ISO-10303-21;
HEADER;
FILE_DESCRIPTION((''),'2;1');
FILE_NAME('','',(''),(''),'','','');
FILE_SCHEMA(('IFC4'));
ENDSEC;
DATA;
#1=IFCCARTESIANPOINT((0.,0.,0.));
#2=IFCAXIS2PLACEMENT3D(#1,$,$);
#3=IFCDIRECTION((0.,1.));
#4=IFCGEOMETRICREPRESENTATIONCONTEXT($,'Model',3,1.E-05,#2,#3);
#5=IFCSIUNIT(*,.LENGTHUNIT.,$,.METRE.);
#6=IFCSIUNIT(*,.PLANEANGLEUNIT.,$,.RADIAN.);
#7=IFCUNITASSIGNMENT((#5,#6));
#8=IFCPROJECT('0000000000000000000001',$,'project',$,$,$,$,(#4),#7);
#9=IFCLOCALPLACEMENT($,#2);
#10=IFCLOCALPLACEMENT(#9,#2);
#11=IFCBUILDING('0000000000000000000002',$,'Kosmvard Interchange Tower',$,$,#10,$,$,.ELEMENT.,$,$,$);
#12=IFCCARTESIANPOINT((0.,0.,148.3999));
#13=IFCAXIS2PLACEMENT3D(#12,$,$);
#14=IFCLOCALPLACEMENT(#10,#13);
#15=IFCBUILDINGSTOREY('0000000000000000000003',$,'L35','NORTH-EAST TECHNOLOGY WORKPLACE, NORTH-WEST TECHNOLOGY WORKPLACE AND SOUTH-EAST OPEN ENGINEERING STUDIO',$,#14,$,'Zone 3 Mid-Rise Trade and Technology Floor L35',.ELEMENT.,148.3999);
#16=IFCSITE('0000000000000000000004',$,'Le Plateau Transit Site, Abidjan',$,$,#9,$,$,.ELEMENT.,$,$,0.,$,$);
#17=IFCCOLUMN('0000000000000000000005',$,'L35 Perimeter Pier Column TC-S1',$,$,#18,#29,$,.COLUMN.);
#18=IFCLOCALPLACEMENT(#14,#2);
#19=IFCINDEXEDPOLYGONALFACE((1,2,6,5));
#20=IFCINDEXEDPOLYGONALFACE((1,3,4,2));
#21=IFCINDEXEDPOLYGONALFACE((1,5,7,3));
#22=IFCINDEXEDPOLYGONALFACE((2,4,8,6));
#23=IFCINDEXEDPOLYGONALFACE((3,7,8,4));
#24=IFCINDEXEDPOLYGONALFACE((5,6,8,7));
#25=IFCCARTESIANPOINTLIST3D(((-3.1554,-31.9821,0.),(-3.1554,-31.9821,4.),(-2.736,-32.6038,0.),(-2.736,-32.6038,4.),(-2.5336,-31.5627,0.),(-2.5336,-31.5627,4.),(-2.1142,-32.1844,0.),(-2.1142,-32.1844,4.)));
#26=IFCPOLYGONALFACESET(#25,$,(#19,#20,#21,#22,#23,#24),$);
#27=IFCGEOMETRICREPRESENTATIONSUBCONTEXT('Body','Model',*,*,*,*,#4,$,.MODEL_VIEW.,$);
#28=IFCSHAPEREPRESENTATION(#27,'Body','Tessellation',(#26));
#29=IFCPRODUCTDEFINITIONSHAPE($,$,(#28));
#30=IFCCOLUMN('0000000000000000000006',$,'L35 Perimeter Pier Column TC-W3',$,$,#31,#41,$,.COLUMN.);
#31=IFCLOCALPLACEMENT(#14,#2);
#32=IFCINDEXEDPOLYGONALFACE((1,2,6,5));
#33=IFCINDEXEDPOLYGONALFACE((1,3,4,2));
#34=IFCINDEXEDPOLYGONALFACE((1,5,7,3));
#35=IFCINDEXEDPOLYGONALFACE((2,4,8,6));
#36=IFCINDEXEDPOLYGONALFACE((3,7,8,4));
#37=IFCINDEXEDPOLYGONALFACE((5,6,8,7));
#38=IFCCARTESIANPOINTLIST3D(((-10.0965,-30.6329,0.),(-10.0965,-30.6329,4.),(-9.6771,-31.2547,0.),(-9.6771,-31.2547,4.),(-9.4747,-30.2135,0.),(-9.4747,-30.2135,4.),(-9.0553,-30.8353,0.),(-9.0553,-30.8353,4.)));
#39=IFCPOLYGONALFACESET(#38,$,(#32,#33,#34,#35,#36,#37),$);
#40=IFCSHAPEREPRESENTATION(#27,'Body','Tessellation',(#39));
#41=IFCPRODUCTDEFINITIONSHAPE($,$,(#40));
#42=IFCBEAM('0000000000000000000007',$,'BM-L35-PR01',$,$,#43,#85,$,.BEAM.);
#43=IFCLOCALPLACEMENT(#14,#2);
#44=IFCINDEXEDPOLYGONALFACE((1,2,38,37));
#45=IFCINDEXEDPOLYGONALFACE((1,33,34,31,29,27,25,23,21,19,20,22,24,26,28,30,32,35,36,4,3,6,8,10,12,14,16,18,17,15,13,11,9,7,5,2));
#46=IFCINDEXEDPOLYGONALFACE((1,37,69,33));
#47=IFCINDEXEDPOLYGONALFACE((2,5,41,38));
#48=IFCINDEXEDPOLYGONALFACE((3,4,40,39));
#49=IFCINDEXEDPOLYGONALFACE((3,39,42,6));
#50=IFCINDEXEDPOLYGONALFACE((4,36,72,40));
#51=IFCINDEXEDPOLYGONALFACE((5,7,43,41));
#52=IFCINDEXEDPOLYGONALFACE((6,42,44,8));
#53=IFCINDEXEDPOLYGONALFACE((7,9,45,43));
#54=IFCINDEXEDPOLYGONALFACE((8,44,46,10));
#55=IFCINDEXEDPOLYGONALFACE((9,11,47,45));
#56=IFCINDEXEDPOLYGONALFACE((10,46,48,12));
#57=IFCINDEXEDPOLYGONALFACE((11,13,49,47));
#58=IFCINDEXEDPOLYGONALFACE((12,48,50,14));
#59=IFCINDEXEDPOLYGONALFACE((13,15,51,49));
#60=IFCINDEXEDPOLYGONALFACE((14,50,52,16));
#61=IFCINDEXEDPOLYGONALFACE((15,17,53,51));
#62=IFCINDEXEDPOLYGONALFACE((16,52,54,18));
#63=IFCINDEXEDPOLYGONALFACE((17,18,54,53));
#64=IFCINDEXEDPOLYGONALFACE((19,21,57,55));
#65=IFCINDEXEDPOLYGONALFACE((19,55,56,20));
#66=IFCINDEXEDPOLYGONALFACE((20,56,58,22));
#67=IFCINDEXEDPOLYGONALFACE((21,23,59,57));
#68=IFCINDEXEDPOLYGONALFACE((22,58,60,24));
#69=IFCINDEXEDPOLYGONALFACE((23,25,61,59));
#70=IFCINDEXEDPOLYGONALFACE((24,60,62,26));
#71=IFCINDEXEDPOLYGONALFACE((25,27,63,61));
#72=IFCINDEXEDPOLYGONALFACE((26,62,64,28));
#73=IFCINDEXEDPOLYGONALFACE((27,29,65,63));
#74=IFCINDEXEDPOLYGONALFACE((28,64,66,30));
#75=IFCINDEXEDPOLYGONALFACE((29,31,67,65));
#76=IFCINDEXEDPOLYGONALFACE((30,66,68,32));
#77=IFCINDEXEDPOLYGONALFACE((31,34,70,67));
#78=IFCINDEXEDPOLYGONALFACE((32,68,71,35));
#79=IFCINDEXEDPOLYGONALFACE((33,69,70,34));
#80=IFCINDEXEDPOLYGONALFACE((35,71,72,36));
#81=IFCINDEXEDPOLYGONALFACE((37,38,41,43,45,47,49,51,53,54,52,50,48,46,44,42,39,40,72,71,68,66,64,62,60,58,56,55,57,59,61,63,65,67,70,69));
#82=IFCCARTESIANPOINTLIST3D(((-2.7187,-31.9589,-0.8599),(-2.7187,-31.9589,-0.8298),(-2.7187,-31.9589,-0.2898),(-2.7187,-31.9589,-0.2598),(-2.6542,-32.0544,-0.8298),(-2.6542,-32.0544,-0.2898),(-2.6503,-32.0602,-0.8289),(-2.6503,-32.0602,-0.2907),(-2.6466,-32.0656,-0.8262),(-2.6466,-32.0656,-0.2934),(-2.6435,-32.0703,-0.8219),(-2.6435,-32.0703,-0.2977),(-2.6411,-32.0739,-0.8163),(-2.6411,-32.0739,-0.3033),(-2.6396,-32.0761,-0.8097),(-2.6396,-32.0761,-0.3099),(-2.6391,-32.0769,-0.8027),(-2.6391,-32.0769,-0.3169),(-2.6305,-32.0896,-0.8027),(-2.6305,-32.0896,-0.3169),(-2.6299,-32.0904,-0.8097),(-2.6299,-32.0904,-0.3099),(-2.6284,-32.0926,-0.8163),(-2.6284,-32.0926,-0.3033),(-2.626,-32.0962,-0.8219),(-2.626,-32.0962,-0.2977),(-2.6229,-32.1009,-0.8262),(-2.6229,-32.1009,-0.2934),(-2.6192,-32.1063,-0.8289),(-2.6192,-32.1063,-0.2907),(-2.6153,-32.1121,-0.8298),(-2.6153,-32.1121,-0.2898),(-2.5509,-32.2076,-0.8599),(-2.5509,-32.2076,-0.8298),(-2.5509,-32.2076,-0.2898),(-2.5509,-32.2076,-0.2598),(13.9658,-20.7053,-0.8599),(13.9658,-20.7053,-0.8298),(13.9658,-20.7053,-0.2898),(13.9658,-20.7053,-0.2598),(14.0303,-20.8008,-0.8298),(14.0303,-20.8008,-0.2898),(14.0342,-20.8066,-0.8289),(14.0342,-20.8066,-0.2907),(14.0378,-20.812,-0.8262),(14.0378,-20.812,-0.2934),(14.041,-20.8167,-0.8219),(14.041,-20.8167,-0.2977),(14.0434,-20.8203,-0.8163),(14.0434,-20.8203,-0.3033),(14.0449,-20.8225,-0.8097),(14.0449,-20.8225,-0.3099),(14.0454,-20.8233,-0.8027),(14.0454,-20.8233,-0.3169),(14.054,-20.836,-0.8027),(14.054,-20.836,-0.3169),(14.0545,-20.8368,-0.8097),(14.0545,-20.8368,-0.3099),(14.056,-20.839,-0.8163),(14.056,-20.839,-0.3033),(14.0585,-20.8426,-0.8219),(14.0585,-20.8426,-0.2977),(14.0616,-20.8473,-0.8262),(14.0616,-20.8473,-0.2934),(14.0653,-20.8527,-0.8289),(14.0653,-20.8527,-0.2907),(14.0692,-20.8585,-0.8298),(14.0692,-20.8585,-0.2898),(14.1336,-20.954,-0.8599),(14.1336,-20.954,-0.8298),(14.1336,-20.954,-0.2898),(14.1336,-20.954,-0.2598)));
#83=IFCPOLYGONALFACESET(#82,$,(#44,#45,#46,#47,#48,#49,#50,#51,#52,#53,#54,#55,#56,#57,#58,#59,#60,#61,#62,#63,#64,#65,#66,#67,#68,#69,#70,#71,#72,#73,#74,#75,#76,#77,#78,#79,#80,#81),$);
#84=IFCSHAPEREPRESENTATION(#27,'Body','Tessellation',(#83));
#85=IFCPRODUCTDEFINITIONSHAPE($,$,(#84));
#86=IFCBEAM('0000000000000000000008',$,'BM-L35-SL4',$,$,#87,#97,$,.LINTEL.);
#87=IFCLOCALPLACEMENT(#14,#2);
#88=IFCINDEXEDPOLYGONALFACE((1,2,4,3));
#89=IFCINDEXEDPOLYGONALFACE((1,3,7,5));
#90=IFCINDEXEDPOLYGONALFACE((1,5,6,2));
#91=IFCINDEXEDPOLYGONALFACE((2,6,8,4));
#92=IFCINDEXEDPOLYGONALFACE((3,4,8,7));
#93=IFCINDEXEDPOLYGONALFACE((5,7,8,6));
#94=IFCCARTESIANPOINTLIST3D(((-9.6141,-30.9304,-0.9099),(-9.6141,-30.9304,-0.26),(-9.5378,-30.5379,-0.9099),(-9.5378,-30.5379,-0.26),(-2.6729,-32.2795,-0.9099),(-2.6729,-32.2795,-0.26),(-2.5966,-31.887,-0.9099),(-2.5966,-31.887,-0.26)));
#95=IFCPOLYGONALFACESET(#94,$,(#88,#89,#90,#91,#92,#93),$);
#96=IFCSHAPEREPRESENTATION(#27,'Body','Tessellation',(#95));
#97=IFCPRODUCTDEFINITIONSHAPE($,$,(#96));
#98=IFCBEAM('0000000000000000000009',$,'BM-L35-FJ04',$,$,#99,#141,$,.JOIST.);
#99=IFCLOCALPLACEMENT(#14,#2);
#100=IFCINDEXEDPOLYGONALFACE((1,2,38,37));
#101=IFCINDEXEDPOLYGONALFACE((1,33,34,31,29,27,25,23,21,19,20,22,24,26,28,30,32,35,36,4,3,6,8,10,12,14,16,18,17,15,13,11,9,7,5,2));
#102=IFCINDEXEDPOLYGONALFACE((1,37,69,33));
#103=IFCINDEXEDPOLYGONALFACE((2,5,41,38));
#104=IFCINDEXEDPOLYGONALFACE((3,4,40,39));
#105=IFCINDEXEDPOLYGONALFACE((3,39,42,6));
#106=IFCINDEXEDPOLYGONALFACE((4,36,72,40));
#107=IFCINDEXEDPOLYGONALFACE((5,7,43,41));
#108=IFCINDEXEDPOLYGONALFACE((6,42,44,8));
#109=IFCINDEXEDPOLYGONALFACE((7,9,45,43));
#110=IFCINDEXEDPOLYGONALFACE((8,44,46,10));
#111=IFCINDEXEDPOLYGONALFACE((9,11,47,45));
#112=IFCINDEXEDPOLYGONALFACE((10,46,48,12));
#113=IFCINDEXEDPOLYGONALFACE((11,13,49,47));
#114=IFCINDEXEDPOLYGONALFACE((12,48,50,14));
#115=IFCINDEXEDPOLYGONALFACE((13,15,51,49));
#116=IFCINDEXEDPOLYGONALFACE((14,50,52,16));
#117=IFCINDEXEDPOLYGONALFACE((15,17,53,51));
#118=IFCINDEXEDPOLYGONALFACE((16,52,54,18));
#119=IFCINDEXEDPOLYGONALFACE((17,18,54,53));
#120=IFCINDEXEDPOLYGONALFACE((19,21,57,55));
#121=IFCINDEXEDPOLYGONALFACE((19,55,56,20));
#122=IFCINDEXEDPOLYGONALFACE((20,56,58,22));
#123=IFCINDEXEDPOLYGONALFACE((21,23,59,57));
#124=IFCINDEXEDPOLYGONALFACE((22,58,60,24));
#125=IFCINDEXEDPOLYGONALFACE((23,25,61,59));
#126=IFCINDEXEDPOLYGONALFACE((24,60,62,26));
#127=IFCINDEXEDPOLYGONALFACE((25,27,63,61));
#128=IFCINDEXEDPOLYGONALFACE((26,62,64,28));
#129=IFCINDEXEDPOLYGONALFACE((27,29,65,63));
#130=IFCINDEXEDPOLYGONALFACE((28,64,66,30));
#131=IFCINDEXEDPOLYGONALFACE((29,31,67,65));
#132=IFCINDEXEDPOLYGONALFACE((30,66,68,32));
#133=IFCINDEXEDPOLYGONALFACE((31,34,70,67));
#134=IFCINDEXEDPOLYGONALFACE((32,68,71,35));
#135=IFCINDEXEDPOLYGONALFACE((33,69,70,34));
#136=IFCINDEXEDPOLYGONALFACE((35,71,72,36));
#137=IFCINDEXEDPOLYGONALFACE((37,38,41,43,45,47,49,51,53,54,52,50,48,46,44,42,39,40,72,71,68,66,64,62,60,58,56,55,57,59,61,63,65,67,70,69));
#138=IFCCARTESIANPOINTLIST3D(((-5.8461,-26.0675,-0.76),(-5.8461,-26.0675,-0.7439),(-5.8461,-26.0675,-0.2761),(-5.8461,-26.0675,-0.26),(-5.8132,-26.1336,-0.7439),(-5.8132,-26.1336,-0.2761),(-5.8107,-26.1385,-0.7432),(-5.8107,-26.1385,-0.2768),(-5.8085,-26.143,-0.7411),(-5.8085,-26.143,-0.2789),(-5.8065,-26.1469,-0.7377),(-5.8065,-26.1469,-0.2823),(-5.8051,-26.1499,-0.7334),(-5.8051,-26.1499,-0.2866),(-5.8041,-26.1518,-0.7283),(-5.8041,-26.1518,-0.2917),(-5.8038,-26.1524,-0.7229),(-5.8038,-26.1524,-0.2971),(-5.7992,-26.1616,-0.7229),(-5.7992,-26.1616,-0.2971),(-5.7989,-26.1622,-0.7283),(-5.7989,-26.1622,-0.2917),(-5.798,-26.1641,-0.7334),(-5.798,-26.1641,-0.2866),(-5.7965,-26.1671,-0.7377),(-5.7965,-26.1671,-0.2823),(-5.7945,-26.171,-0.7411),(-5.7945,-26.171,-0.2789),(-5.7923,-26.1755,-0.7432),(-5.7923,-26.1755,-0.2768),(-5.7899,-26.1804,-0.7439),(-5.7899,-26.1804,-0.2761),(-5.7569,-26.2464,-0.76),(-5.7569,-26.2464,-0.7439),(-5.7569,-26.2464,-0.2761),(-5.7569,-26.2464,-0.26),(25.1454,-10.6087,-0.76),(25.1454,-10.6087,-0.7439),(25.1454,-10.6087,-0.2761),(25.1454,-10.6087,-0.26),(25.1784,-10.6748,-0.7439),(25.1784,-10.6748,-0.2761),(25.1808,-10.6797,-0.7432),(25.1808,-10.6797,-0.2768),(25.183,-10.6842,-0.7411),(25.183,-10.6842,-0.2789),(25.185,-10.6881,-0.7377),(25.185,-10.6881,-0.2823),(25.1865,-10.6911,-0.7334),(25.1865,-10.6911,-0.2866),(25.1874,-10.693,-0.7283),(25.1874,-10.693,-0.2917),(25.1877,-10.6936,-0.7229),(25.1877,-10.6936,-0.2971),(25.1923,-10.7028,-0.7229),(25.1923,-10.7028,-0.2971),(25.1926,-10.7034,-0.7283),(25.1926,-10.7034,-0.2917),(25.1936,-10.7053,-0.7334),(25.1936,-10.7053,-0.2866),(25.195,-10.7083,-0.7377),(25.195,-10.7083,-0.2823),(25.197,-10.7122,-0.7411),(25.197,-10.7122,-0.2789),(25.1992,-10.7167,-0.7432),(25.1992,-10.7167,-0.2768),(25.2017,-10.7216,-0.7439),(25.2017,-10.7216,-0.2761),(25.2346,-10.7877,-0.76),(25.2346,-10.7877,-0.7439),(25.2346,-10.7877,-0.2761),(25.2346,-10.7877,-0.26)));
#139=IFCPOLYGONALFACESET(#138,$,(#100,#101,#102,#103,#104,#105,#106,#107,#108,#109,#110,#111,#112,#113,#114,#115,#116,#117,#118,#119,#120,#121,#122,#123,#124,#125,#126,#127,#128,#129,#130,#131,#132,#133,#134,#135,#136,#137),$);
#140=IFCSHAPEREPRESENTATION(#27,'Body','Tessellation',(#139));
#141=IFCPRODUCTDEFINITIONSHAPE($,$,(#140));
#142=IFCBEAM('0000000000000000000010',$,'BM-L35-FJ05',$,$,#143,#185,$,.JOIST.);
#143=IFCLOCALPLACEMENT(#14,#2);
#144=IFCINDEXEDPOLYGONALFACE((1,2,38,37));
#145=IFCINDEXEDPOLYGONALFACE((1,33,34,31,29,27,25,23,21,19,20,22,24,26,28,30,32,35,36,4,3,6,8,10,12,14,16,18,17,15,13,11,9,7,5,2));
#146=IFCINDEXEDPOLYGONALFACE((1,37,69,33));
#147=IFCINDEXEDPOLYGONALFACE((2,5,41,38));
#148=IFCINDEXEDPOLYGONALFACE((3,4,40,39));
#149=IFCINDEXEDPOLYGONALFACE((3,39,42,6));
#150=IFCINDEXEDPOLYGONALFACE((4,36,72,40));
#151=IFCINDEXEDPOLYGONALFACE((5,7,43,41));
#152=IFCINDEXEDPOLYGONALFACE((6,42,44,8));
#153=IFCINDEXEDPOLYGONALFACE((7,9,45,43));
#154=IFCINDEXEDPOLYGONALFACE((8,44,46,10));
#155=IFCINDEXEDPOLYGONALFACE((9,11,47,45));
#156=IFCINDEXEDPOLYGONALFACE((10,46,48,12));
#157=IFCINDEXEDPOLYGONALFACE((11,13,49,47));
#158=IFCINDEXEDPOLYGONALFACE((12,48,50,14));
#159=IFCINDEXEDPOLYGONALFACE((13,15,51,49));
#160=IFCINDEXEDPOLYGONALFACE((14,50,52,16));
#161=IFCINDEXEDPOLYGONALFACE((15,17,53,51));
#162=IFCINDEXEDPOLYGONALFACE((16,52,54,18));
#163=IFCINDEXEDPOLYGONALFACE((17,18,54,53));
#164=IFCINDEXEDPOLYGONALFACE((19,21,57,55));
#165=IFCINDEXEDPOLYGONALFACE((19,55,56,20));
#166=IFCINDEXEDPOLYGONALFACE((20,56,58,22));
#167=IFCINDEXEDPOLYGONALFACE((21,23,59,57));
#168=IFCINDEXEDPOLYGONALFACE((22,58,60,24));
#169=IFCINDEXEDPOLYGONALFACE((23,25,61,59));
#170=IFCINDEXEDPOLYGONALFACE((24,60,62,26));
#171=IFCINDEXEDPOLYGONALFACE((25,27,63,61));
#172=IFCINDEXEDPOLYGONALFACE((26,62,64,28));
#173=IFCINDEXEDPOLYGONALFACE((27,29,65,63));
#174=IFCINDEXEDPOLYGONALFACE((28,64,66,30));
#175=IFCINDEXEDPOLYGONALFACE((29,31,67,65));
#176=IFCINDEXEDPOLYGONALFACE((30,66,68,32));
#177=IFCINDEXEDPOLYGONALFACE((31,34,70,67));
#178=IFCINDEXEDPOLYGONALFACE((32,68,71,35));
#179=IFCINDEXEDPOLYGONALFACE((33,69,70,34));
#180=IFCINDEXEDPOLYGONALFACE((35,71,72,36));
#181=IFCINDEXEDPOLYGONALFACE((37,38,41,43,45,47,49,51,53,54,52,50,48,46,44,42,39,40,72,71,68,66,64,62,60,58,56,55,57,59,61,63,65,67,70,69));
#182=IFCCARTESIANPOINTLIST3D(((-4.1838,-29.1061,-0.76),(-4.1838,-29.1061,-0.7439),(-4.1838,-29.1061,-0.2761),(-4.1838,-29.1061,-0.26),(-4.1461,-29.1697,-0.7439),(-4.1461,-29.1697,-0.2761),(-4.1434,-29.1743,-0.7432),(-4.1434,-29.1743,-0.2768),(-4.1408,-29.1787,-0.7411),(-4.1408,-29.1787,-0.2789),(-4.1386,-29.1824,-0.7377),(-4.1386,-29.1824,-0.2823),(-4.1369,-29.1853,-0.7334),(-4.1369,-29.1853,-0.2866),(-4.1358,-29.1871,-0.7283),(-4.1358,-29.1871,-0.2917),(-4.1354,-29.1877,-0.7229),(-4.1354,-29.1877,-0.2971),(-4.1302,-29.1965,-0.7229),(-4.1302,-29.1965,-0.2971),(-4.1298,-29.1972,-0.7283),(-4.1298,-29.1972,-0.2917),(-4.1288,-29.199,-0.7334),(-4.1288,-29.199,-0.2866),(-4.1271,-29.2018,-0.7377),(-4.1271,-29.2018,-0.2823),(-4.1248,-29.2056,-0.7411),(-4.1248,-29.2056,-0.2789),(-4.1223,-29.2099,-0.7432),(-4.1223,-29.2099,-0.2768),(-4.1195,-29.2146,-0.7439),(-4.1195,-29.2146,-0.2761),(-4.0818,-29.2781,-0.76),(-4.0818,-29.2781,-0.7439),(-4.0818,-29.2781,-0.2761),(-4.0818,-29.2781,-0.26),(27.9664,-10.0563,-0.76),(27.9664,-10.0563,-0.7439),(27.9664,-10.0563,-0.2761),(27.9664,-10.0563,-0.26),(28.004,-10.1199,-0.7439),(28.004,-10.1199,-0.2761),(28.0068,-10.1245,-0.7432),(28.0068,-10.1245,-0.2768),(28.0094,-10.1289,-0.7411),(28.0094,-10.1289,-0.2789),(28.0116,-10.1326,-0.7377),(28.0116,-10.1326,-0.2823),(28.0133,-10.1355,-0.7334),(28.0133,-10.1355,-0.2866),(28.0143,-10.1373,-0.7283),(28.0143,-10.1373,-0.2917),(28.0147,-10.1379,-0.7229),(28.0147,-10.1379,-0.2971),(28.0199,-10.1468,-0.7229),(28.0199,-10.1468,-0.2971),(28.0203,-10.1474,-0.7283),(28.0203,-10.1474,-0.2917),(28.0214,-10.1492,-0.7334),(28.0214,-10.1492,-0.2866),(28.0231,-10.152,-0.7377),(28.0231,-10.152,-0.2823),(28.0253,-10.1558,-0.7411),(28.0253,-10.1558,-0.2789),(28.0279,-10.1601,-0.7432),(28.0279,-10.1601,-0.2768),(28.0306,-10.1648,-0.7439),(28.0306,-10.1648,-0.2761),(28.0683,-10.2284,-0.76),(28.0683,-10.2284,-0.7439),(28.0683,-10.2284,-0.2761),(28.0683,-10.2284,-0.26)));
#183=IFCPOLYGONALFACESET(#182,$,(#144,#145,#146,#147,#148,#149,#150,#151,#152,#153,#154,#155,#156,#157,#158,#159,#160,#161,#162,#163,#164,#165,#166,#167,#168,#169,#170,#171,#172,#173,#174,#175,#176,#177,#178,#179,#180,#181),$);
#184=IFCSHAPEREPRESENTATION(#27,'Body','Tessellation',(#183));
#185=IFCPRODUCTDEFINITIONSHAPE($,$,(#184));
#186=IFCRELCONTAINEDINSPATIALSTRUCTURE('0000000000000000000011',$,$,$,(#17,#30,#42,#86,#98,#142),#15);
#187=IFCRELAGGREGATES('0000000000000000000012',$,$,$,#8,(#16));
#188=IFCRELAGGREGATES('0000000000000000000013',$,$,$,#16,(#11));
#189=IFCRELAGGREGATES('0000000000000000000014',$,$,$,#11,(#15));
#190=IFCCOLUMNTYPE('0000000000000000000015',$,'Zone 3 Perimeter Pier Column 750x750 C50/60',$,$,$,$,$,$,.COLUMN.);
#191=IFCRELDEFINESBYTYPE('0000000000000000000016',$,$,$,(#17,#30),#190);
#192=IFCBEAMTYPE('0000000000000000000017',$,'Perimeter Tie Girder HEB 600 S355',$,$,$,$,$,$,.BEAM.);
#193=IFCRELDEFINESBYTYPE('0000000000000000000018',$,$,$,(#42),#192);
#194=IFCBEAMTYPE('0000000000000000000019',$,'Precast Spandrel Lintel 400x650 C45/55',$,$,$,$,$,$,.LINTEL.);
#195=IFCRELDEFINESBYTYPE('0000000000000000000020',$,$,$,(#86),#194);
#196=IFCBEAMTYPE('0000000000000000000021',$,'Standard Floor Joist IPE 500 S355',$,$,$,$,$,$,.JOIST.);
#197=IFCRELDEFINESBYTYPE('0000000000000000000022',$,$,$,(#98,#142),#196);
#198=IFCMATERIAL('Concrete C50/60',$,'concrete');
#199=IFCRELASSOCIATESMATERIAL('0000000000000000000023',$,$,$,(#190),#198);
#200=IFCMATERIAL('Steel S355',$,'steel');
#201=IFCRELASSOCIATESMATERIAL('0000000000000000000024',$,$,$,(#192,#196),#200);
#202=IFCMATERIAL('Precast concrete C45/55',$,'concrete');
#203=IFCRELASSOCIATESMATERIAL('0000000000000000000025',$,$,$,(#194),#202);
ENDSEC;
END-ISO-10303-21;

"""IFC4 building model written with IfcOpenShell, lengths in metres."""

from ifc_helpers import new_model, si_unit, direction, frame, origin, origin_2d, place, context, subcontext, project, spatial, rectangle, i_section, extrude, source, transform, mapped, material, material_profile, profile_set, type_object, element, save


model = new_model("IFC4")

# Units and contexts
model_context = context("Model", 3, precision=1e-05, world=origin(), true_north=direction((0.0, 1.0)))
body_context = subcontext(model_context, "Body", "Model", "MODEL_VIEW")
ifc_project = project(units=[si_unit("LENGTHUNIT", "METRE"), si_unit("PLANEANGLEUNIT", "RADIAN")], contexts=[model_context])

# Site, building, storey
site_placement = place(None, origin())
site = spatial("IfcSite", under=ifc_project, at=site_placement, Name="Le Plateau Transit Site, Abidjan", CompositionType="ELEMENT", RefElevation=0.0)
building_placement = place(site_placement, origin())
building = spatial("IfcBuilding", under=site, at=building_placement, Name="Kosmvard Interchange Tower", CompositionType="ELEMENT")
storey_placement = place(building_placement, frame((0.0, 0.0, 148.3999)))
storey = spatial("IfcBuildingStorey", under=building, at=storey_placement, Name="L35", Description="NORTH-EAST TECHNOLOGY WORKPLACE, NORTH-WEST TECHNOLOGY WORKPLACE AND SOUTH-EAST OPEN ENGINEERING STUDIO", LongName="Zone 3 Mid-Rise Trade and Technology Floor L35", CompositionType="ELEMENT", Elevation=148.3999)

# Columns
ifc_material_1 = material(Name="Concrete C50/60", Category="concrete")
ifc_material_profile_1 = material_profile(ifc_material_1, rectangle(XDim=0.75, YDim=0.75, at=origin_2d()), Name="TC 750x750")
ifc_profile_set_1 = profile_set([ifc_material_profile_1], Name="Concrete C50/60")
column_type = type_object("IfcColumnType", Name="Zone 3 Perimeter Pier Column 750x750 C50/60", PredefinedType="COLUMN", material=ifc_profile_set_1)
shared_shape_1 = source(origin(), body_context, "Body", "SweptSolid", [
    extrude(rectangle(XDim=0.75, YDim=0.75, at=origin_2d()), origin(), (0.0, 0.0, 1.0), 4.0),
])
for number, where, z_axis, x_axis, name in (
    (1, (-2.6348, -32.0833, 0.0), (0.0, 0.0, 1.0), (0.829038, 0.559193, 0.0), "L35 Perimeter Pier Column TC-S1"),
    (2, (-9.5759, -30.7341, 0.0), (0.0, 0.0, 1.0), (0.829038, 0.559193, 0.0), "L35 Perimeter Pier Column TC-W3"),
):
    element("IfcColumn", number, at=place(storey_placement, frame(where, z_axis=z_axis, x_axis=x_axis)), inside=storey, type_object=column_type, Name=name, PredefinedType="COLUMN", context=body_context, shape_type="MappedRepresentation", body=[
        mapped(shared_shape_1, transform((0.0, 0.0, 0.0), scale=1.0)),
    ])

# Beams
ifc_material_2 = material(Name="Steel S355", Category="steel")
ifc_material_profile_2 = material_profile(ifc_material_2, i_section(OverallWidth=0.3, OverallDepth=0.6001, WebThickness=0.0154, FlangeThickness=0.03, FilletRadius=0.0271, at=origin_2d()), Name="HEB 600")
ifc_profile_set_2 = profile_set([ifc_material_profile_2], Name="Steel S355")
beam_type_1 = type_object("IfcBeamType", Name="Perimeter Tie Girder HEB 600 S355", PredefinedType="BEAM", material=ifc_profile_set_2)
shared_shape_2 = source(origin(), body_context, "Body", "SweptSolid", [
    extrude(i_section(OverallWidth=0.3, OverallDepth=0.6001, WebThickness=0.0154, FlangeThickness=0.03, FilletRadius=0.0271, at=origin_2d()), origin(), (0.0, 0.0, 1.0), 20.125),
])
beam_1_placement = place(storey_placement, frame((-2.6348, -32.0833, -0.5598), z_axis=(0.829043, 0.559185, 0.0), x_axis=(-0.559185, 0.829043, 0.0)))
element("IfcBeam", 3, at=beam_1_placement, inside=storey, type_object=beam_type_1, Name="BM-L35-PR01", PredefinedType="BEAM", context=body_context, shape_type="MappedRepresentation", body=[
    mapped(shared_shape_2, transform((0.0, 0.0, 0.0), scale=1.0)),
])
ifc_material_3 = material(Name="Precast concrete C45/55", Category="concrete")
ifc_material_profile_3 = material_profile(ifc_material_3, rectangle(XDim=0.3999, YDim=0.6499, at=origin_2d()), Name="SL 400x650")
ifc_profile_set_3 = profile_set([ifc_material_profile_3], Name="Precast concrete C45/55")
beam_type_2 = type_object("IfcBeamType", Name="Precast Spandrel Lintel 400x650 C45/55", PredefinedType="LINTEL", material=ifc_profile_set_3)
shared_shape_3 = source(origin(), body_context, "Body", "SweptSolid", [
    extrude(rectangle(XDim=0.3999, YDim=0.6499, at=origin_2d()), origin(), (0.0, 0.0, 1.0), 7.071),
])
beam_2_placement = place(storey_placement, frame((-9.5759, -30.7341, -0.585), z_axis=(0.98163, -0.190795, 0.0), x_axis=(0.190795, 0.98163, 0.0)))
element("IfcBeam", 4, at=beam_2_placement, inside=storey, type_object=beam_type_2, Name="BM-L35-SL4", PredefinedType="LINTEL", context=body_context, shape_type="MappedRepresentation", body=[
    mapped(shared_shape_3, transform((0.0, 0.0, 0.0), scale=1.0)),
])
ifc_material_profile_4 = material_profile(ifc_material_2, i_section(OverallWidth=0.2, OverallDepth=0.5, WebThickness=0.0103, FlangeThickness=0.0161, FilletRadius=0.021, at=origin_2d()), Name="IPE 500")
ifc_profile_set_4 = profile_set([ifc_material_profile_4], Name="Steel S355")
beam_type_3 = type_object("IfcBeamType", Name="Standard Floor Joist IPE 500 S355", PredefinedType="JOIST", material=ifc_profile_set_4)
shared_shape_4 = source(origin(), body_context, "Body", "SweptSolid", [
    extrude(i_section(OverallWidth=0.2, OverallDepth=0.5, WebThickness=0.0103, FlangeThickness=0.0161, FilletRadius=0.021, at=origin_2d()), origin(), (0.0, 0.0, 1.0), 34.6331),
])
beam_3_placement = place(storey_placement, frame((-5.8015, -26.157, -0.51), z_axis=(0.894854, 0.446359, 0.0), x_axis=(-0.446359, 0.894854, 0.0)))
element("IfcBeam", 5, at=beam_3_placement, inside=storey, type_object=beam_type_3, Name="BM-L35-FJ04", PredefinedType="JOIST", context=body_context, shape_type="MappedRepresentation", body=[
    mapped(shared_shape_4, transform((0.0, 0.0, 0.0), scale=1.0)),
])
shared_shape_5 = source(origin(), body_context, "Body", "SweptSolid", [
    extrude(i_section(OverallWidth=0.2, OverallDepth=0.5, WebThickness=0.0103, FlangeThickness=0.0161, FilletRadius=0.021, at=origin_2d()), origin(), (0.0, 0.0, 1.0), 37.3701),
])
beam_4_placement = place(storey_placement, frame((-4.1328, -29.1921, -0.51), z_axis=(0.860317, 0.50976, 0.0), x_axis=(-0.50976, 0.860317, 0.0)))
element("IfcBeam", 6, at=beam_4_placement, inside=storey, type_object=beam_type_3, Name="BM-L35-FJ05", PredefinedType="JOIST", context=body_context, shape_type="MappedRepresentation", body=[
    mapped(shared_shape_5, transform((0.0, 0.0, 0.0), scale=1.0)),
])

save(model, "model.ifc")
